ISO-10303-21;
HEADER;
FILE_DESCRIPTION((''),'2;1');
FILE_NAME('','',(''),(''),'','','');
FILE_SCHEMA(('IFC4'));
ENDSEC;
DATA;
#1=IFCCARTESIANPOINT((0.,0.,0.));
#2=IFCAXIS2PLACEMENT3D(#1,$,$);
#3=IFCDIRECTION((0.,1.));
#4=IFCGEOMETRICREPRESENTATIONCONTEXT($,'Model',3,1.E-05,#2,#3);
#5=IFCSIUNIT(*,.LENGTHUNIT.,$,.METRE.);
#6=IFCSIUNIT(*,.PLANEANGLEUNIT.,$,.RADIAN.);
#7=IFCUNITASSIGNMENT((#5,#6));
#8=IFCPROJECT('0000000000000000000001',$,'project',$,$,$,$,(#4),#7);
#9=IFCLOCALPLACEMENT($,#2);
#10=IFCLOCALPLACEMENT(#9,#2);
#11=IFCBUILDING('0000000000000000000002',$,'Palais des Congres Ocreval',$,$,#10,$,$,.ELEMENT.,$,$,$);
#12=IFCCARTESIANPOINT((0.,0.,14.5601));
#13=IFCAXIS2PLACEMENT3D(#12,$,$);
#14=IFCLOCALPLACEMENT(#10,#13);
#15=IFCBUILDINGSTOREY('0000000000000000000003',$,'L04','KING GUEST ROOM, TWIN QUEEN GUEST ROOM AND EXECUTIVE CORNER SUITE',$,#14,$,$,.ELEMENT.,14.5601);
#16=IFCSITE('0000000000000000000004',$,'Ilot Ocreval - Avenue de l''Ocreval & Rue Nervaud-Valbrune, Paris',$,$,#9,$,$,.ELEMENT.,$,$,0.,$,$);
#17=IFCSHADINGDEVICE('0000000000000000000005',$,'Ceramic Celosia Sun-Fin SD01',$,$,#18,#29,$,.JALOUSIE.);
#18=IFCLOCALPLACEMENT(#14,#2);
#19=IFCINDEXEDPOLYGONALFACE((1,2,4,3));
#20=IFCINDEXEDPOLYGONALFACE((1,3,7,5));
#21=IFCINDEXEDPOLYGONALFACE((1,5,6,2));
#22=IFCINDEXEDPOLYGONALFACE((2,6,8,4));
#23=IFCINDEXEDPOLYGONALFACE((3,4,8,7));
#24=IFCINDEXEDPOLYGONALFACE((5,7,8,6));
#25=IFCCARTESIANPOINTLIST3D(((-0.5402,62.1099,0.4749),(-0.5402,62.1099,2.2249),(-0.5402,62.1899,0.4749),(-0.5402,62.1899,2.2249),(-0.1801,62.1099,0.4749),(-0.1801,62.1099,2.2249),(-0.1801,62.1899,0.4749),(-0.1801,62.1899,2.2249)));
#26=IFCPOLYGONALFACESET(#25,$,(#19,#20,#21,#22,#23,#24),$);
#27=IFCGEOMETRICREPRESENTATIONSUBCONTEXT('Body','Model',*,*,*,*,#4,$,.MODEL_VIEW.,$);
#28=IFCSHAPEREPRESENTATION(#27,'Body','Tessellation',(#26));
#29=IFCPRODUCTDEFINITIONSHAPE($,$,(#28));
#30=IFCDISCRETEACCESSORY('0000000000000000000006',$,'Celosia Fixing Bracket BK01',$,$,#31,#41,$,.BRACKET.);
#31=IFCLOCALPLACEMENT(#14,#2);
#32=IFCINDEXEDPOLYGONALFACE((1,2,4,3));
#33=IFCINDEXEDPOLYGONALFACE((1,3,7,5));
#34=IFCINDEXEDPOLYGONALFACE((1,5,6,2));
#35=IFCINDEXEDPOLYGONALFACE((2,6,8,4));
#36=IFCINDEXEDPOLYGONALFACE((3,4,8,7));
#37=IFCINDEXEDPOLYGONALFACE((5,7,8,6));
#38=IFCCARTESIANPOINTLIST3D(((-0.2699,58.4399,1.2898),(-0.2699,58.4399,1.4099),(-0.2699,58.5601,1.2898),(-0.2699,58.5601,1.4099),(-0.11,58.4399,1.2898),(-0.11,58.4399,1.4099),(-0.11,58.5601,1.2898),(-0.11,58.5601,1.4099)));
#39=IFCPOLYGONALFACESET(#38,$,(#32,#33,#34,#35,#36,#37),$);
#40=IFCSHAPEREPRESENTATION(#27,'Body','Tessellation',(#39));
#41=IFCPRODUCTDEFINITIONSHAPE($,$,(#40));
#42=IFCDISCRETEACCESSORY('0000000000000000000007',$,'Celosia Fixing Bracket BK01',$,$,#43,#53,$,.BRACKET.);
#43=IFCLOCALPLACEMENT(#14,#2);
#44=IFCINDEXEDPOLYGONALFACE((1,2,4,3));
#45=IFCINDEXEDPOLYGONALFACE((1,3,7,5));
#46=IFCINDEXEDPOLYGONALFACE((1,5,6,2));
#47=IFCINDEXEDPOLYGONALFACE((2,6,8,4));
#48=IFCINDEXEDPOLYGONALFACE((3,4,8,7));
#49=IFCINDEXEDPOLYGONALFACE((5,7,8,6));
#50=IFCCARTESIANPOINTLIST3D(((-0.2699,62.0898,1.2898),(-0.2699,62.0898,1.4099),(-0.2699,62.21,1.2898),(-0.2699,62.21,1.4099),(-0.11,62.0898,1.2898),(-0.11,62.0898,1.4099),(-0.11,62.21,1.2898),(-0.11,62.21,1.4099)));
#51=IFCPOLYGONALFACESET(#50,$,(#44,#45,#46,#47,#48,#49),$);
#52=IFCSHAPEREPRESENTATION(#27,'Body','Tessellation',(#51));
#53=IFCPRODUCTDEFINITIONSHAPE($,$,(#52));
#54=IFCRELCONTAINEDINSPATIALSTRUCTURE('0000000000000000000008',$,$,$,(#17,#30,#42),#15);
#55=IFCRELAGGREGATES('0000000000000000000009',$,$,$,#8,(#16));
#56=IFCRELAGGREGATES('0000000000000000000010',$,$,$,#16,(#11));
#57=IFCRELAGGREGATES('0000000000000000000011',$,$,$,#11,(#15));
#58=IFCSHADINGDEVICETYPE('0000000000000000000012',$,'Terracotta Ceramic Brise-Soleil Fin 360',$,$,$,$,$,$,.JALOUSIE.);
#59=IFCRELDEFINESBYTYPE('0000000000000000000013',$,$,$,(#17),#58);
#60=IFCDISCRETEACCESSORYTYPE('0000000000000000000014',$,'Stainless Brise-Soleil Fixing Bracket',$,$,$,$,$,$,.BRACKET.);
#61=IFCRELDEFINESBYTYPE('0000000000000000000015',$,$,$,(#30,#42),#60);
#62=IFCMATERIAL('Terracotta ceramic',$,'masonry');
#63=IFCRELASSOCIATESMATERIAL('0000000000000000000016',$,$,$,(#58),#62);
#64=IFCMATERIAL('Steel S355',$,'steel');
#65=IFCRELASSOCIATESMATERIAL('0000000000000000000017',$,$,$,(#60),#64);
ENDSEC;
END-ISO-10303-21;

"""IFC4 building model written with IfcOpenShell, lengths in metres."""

from ifc_helpers import new_model, si_unit, direction, frame, origin, origin_2d, place, context, subcontext, project, spatial, rectangle, extrude, material, type_object, element, save


model = new_model("IFC4")

# Units and contexts
model_context = context("Model", 3, precision=1e-05, world=origin(), true_north=direction((0.0, 1.0)))
body_context = subcontext(model_context, "Body", "Model", "MODEL_VIEW")
ifc_project = project(units=[si_unit("LENGTHUNIT", "METRE"), si_unit("PLANEANGLEUNIT", "RADIAN")], contexts=[model_context])

# Site, building, storey
site_placement = place(None, origin())
site = spatial("IfcSite", under=ifc_project, at=site_placement, Name="Ilot Ocreval - Avenue de l'Ocreval & Rue Nervaud-Valbrune, Paris", CompositionType="ELEMENT", RefElevation=0.0)
building_placement = place(site_placement, origin())
building = spatial("IfcBuilding", under=site, at=building_placement, Name="Palais des Congres Ocreval", CompositionType="ELEMENT")
storey_placement = place(building_placement, frame((0.0, 0.0, 14.5601)))
storey = spatial("IfcBuildingStorey", under=building, at=storey_placement, Name="L04", Description="KING GUEST ROOM, TWIN QUEEN GUEST ROOM AND EXECUTIVE CORNER SUITE", CompositionType="ELEMENT", Elevation=14.5601)

# Shared definitions
ifc_material_1 = material(Name="Steel S355", Category="steel")

# Shading device
ifc_material_2 = material(Name="Terracotta ceramic", Category="masonry")
shading_device_type = type_object("IfcShadingDeviceType", Name="Terracotta Ceramic Brise-Soleil Fin 360", PredefinedType="JALOUSIE", material=ifc_material_2)
for number, where, z_axis, x_axis, name in (
    (1, (-0.3601, 62.1499, 0.4749), (0.0, 0.0, 1.0), (-1.0, 0.0, 0.0), "Ceramic Celosia Sun-Fin SD01"),
):
    element("IfcShadingDevice", number, at=place(storey_placement, frame(where, z_axis=z_axis, x_axis=x_axis)), inside=storey, type_object=shading_device_type, Name=name, PredefinedType="JALOUSIE", context=body_context, shape_type="SweptSolid", body=[
        extrude(rectangle(XDim=0.3601, YDim=0.0801, at=origin_2d()), origin(), (0.0, 0.0, 1.0), 1.75),
    ])

# Discrete accessories
discrete_accessory_type = type_object("IfcDiscreteAccessoryType", Name="Stainless Brise-Soleil Fixing Bracket", PredefinedType="BRACKET", material=ifc_material_1)
for number, where, z_axis, x_axis, name in (
    (2, (-0.1899, 58.5, 1.2898), (0.0, 0.0, 1.0), (-1.0, 0.0, 0.0), "Celosia Fixing Bracket BK01"),
    (3, (-0.1899, 62.1499, 1.2898), (0.0, 0.0, 1.0), (-1.0, 0.0, 0.0), "Celosia Fixing Bracket BK01"),
):
    element("IfcDiscreteAccessory", number, at=place(storey_placement, frame(where, z_axis=z_axis, x_axis=x_axis)), inside=storey, type_object=discrete_accessory_type, Name=name, PredefinedType="BRACKET", context=body_context, shape_type="SweptSolid", body=[
        extrude(rectangle(XDim=0.1599, YDim=0.1201, at=origin_2d()), origin(), (0.0, 0.0, 1.0), 0.1201),
    ])

save(model, "model.ifc")
